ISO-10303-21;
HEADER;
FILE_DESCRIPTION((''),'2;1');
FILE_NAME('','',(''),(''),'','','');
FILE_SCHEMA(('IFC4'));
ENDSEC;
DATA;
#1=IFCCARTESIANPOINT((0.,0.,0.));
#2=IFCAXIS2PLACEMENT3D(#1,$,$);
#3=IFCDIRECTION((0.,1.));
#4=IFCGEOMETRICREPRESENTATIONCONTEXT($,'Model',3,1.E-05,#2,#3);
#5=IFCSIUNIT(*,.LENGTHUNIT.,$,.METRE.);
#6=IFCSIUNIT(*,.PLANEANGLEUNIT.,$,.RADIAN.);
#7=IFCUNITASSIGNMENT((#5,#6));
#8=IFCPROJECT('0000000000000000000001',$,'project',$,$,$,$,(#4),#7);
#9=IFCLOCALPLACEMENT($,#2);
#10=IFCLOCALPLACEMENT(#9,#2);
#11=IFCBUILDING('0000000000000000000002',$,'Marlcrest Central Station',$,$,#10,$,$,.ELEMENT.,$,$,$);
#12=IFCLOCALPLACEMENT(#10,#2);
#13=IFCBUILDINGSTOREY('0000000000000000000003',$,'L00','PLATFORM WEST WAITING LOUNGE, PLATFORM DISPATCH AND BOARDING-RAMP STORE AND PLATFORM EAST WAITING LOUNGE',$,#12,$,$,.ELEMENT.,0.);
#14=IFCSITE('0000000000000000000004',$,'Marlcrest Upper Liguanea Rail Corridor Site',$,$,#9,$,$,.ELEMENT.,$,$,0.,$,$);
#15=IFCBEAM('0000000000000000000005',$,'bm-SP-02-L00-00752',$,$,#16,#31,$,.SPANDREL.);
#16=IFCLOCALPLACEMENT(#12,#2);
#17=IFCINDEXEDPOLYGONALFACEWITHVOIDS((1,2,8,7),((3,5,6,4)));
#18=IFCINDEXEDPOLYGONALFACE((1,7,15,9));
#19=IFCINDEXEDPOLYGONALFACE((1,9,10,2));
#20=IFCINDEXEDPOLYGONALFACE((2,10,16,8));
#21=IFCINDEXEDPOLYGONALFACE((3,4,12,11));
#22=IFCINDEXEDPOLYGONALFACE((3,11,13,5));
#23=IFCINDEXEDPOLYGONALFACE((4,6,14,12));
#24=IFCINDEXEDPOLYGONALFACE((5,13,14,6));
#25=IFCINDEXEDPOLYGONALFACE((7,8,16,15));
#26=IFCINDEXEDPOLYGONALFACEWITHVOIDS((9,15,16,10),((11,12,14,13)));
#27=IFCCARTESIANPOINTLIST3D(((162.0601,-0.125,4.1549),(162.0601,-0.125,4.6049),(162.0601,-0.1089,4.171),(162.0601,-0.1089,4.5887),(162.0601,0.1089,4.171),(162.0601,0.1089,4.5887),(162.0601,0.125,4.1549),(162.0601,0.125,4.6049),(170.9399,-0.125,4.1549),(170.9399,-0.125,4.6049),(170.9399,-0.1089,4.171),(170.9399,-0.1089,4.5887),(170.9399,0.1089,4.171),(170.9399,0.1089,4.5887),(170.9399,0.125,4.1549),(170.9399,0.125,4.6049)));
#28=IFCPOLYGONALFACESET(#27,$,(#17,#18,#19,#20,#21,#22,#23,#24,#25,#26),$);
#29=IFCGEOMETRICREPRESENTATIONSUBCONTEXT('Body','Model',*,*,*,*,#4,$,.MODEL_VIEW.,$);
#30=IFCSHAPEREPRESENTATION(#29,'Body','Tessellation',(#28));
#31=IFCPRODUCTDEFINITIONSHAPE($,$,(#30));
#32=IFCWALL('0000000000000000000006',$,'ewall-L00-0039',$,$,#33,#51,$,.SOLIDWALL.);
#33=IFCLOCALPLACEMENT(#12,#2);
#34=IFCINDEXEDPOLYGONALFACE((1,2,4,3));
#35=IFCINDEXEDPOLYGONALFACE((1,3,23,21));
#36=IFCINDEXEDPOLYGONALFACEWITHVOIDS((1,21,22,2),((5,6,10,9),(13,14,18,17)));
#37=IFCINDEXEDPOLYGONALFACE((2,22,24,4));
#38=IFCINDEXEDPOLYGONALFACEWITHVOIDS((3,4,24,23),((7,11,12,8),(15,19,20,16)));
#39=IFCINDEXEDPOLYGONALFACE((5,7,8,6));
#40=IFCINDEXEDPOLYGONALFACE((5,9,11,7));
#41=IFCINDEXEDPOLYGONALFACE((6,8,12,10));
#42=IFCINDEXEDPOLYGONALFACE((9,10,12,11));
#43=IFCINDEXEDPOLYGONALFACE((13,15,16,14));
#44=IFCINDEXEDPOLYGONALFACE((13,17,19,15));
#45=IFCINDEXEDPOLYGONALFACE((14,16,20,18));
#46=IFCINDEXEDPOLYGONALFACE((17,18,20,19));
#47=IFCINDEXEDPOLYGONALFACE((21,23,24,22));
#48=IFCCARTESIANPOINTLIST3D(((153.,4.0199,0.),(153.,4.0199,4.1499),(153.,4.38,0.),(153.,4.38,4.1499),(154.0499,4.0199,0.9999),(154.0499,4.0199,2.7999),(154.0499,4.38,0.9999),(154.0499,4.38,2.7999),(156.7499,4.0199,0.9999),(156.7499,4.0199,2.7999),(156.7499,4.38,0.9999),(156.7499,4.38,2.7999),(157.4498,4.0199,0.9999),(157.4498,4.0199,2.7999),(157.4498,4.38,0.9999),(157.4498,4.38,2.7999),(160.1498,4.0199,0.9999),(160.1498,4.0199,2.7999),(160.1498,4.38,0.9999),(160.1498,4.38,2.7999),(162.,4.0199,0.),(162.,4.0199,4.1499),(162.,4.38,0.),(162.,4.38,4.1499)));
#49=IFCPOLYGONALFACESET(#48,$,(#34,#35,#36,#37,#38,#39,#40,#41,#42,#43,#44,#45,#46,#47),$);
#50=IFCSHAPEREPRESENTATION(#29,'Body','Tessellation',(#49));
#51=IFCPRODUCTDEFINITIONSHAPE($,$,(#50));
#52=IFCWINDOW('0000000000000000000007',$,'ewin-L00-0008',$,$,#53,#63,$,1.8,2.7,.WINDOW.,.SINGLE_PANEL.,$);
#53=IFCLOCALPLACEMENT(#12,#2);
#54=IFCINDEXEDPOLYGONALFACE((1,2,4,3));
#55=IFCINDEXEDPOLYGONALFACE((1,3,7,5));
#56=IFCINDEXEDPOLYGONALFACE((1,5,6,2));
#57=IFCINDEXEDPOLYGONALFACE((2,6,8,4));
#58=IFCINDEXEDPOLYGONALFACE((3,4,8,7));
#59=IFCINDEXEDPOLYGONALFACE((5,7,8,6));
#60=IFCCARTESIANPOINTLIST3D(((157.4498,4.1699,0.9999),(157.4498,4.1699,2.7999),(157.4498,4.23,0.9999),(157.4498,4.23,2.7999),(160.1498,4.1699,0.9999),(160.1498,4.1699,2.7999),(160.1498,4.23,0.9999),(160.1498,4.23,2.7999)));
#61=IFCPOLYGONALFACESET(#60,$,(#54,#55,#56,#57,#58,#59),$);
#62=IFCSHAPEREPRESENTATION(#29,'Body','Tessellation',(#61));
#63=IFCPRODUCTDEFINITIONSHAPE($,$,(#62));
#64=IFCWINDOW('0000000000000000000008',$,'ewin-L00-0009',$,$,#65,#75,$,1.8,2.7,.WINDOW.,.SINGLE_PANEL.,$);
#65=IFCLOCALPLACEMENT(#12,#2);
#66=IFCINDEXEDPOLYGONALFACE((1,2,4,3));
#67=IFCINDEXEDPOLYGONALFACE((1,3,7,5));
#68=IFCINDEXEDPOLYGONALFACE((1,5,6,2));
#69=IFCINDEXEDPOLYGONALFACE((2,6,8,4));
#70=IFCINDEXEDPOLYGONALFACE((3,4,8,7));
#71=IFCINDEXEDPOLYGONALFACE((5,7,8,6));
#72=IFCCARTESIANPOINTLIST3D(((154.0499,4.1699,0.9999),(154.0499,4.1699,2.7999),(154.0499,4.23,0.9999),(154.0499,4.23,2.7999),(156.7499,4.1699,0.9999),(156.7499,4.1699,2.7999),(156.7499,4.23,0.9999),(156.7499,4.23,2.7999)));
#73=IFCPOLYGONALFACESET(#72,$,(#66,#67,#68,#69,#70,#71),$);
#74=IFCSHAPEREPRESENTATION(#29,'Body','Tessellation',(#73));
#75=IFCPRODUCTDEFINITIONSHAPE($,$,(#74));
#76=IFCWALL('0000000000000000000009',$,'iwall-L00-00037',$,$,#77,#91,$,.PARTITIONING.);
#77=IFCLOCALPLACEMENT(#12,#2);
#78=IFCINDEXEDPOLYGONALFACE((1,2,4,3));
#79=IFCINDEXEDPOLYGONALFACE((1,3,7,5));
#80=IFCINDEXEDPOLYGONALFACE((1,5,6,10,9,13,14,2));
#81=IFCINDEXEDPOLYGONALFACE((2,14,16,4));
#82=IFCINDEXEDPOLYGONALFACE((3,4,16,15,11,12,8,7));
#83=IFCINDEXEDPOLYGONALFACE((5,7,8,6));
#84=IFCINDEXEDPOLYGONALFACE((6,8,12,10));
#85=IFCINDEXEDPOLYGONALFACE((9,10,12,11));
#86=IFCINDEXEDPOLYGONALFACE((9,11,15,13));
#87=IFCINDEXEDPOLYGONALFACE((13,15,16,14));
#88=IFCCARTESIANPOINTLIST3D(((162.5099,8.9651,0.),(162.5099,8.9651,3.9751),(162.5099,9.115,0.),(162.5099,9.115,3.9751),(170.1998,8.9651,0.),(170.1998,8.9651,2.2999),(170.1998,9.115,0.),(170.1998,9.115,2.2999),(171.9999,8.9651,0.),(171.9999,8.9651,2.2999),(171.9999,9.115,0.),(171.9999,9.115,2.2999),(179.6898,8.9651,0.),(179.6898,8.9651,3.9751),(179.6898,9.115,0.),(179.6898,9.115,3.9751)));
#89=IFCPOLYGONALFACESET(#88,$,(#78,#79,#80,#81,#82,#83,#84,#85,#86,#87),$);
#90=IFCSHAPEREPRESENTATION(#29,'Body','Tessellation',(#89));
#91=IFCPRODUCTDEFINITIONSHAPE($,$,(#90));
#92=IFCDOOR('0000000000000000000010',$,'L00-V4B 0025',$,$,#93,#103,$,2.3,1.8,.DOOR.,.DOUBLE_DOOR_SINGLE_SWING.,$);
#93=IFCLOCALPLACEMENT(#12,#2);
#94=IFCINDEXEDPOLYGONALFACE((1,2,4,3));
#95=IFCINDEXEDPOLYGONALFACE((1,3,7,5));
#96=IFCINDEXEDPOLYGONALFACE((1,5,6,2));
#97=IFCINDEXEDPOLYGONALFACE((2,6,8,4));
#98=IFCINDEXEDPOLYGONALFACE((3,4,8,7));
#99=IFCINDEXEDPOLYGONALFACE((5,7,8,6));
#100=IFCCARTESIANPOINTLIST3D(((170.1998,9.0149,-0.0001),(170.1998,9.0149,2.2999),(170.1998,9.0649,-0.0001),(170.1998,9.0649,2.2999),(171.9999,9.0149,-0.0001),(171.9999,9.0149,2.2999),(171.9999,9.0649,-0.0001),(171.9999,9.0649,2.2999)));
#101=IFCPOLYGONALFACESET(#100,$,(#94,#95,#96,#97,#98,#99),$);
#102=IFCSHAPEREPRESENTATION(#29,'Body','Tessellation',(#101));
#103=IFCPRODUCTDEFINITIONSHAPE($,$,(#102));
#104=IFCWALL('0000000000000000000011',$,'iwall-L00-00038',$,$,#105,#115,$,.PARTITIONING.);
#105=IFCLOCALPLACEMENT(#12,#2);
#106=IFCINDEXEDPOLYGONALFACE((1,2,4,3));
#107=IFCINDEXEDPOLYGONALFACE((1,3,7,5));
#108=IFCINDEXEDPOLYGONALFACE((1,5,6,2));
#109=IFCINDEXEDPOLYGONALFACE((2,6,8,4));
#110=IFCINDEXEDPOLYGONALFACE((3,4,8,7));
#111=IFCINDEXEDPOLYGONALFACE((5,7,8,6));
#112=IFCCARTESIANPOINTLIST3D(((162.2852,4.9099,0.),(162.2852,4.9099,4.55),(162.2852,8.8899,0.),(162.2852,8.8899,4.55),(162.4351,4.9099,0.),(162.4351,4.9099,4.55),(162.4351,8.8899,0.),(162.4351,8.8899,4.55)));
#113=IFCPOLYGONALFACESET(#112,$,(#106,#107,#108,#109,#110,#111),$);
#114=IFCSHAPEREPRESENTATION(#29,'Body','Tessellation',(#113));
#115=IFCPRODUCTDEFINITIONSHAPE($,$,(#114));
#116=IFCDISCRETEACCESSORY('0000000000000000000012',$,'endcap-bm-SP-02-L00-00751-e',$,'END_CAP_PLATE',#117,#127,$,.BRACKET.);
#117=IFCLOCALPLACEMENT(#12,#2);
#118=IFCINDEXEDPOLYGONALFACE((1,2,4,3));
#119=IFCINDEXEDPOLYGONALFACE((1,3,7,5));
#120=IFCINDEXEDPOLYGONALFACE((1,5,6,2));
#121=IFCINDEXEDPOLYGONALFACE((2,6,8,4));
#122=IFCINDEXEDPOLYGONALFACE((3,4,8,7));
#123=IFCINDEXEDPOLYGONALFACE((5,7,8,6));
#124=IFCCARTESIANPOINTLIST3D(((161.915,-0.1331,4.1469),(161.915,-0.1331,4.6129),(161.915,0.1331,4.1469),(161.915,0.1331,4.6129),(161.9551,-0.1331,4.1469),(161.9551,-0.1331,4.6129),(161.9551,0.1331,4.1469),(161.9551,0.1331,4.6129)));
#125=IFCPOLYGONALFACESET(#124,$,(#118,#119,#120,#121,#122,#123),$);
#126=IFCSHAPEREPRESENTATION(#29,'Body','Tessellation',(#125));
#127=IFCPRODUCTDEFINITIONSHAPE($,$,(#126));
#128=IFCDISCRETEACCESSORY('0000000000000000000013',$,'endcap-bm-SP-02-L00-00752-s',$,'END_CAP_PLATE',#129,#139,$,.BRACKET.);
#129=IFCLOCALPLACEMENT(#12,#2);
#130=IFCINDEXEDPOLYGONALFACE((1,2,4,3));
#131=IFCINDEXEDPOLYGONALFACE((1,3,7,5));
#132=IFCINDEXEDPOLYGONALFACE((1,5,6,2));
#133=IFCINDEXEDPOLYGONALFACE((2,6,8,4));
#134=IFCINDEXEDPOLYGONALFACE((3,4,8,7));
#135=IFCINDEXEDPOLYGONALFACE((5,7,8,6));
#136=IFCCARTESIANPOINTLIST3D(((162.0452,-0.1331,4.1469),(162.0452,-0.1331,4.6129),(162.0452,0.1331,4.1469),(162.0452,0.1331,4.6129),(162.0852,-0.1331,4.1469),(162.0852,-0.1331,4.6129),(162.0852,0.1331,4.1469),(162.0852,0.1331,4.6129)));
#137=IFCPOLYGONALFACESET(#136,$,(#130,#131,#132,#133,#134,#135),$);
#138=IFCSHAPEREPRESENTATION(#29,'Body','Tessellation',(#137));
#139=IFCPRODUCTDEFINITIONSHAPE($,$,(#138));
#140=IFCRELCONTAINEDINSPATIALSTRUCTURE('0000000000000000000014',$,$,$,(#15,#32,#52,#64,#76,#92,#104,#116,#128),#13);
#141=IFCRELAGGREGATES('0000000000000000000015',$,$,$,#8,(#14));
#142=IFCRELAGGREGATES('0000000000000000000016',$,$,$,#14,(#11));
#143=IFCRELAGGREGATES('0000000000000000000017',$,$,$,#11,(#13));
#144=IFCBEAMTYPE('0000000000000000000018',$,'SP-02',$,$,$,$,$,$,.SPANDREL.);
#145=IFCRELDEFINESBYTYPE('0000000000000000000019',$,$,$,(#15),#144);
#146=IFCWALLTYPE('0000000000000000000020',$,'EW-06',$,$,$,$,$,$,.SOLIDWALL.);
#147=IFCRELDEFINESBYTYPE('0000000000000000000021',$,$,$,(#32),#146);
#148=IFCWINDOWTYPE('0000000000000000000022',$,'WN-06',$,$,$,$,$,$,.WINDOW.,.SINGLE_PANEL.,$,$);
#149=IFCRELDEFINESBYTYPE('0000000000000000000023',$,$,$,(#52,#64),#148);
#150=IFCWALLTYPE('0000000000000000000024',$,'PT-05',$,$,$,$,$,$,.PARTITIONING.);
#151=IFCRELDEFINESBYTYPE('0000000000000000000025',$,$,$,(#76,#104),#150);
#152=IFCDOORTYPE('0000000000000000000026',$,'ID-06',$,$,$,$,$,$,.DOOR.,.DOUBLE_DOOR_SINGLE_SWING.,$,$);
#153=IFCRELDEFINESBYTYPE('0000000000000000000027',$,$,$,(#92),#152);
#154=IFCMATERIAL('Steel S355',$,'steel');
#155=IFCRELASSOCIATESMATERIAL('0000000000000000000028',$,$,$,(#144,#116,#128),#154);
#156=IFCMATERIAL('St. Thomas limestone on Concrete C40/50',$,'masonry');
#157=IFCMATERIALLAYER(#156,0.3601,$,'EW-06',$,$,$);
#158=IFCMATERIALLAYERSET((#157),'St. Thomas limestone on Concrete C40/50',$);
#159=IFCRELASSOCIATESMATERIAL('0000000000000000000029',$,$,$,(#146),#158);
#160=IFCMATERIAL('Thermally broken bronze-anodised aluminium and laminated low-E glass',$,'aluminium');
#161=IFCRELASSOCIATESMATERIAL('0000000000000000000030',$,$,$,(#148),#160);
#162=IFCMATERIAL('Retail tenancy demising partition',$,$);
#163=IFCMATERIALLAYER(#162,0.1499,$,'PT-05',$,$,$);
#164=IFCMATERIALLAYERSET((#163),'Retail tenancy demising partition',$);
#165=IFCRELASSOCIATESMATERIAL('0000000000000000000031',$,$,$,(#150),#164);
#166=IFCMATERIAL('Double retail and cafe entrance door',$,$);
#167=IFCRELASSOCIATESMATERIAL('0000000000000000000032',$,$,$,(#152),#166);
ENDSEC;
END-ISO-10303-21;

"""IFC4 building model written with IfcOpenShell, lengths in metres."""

from ifc_helpers import new_model, si_unit, direction, frame, frame_2d, origin, origin_2d, place, context, subcontext, project, spatial, rectangle, hollow_rectangle, extrude, material, layer, layer_set, material_profile, profile_set, type_object, element, fill, save


model = new_model("IFC4")

# Units and contexts
model_context = context("Model", 3, precision=1e-05, world=origin(), true_north=direction((0.0, 1.0)))
body_context = subcontext(model_context, "Body", "Model", "MODEL_VIEW")
ifc_project = project(units=[si_unit("LENGTHUNIT", "METRE"), si_unit("PLANEANGLEUNIT", "RADIAN")], contexts=[model_context])

# Site, building, storey
site_placement = place(None, origin())
site = spatial("IfcSite", under=ifc_project, at=site_placement, Name="Marlcrest Upper Liguanea Rail Corridor Site", CompositionType="ELEMENT", RefElevation=0.0)
building_placement = place(site_placement, origin())
building = spatial("IfcBuilding", under=site, at=building_placement, Name="Marlcrest Central Station", CompositionType="ELEMENT")
storey_placement = place(building_placement, origin())
storey = spatial("IfcBuildingStorey", under=building, at=storey_placement, Name="L00", Description="PLATFORM WEST WAITING LOUNGE, PLATFORM DISPATCH AND BOARDING-RAMP STORE AND PLATFORM EAST WAITING LOUNGE", CompositionType="ELEMENT", Elevation=0.0)

# Beam
ifc_material_1 = material(Name="Steel S355", Category="steel")
ifc_material_profile_1 = material_profile(ifc_material_1, hollow_rectangle(XDim=0.25, YDim=0.45, WallThickness=0.0161, at=origin_2d()), Name="RHS 450x250x16")
ifc_profile_set_1 = profile_set([ifc_material_profile_1], Name="Steel S355")
beam_type_1 = type_object("IfcBeamType", Name="SP-02", PredefinedType="SPANDREL", material=ifc_profile_set_1)
beam_1_placement = place(storey_placement, frame((162.0601, 0.0, 4.3799), z_axis=(1.0, 0.0, 0.0), x_axis=(0.0, 1.0, 0.0)))
element("IfcBeam", 1, at=beam_1_placement, inside=storey, type_object=beam_type_1, Name="bm-SP-02-L00-00752", PredefinedType="SPANDREL", context=body_context, shape_type="SweptSolid", body=[
    extrude(hollow_rectangle(XDim=0.25, YDim=0.45, WallThickness=0.0161, at=origin_2d()), origin(), (0.0, 0.0, 1.0), 8.8799),
])

# Wall, openings, windows
ifc_material_2 = material(Name="St. Thomas limestone on Concrete C40/50", Category="masonry")
ifc_layer_1 = layer(ifc_material_2, 0.3601, Name="EW-06")
ifc_layer_set_1 = layer_set([ifc_layer_1], Name="St. Thomas limestone on Concrete C40/50")
wall_type_1 = type_object("IfcWallType", Name="EW-06", PredefinedType="SOLIDWALL", material=ifc_layer_set_1)
wall_1_placement = place(storey_placement, frame((162.0, 4.2, 0.0), z_axis=(0.0, 0.0, 1.0), x_axis=(-1.0, 0.0, 0.0)))
wall_1 = element("IfcWall", 2, at=wall_1_placement, inside=storey, type_object=wall_type_1, Name="ewall-L00-0039", PredefinedType="SOLIDWALL", context=body_context, shape_type="SweptSolid", body=[
    extrude(rectangle(XDim=9.0, YDim=0.3601, at=frame_2d((4.5, 0.0))), origin(), (0.0, 0.0, 1.0), 4.1499),
])
opening_1_placement = place(wall_1_placement, frame((1.8501, 0.0, 1.0)))
opening_1 = element("IfcOpeningElement", 3, at=opening_1_placement, cuts=wall_1, PredefinedType="OPENING", context=body_context, shape_type="SweptSolid", body=[
    extrude(rectangle(XDim=2.7, YDim=1.8, at=frame_2d((1.3501, 0.8999))), frame((0.0, 0.1899, 0.0), z_axis=(0.0, -1.0, 0.0), x_axis=(1.0, 0.0, 0.0)), (0.0, 0.0, 1.0), 0.3801),
])
opening_2_placement = place(wall_1_placement, frame((5.25, 0.0, 1.0)))
opening_2 = element("IfcOpeningElement", 4, at=opening_2_placement, cuts=wall_1, PredefinedType="OPENING", context=body_context, shape_type="SweptSolid", body=[
    extrude(rectangle(XDim=2.7, YDim=1.8, at=frame_2d((1.3501, 0.8999))), frame((0.0, 0.1899, 0.0), z_axis=(0.0, -1.0, 0.0), x_axis=(1.0, 0.0, 0.0)), (0.0, 0.0, 1.0), 0.3801),
])
ifc_material_3 = material(Name="Thermally broken bronze-anodised aluminium and laminated low-E glass", Category="aluminium")
window_type = type_object("IfcWindowType", Name="WN-06", PartitioningType="SINGLE_PANEL", PredefinedType="WINDOW", material=ifc_material_3)
window_1_placement = place(opening_1_placement, origin())
window_1 = element("IfcWindow", 5, at=window_1_placement, inside=storey, type_object=window_type, Name="ewin-L00-0008", OverallHeight=1.8, OverallWidth=2.7, PartitioningType="SINGLE_PANEL", PredefinedType="WINDOW", context=body_context, shape_type="SweptSolid", body=[
    extrude(rectangle(XDim=2.7, YDim=1.8, at=frame_2d((1.3501, 0.8999))), frame((0.0, 0.03, 0.0), z_axis=(0.0, -1.0, 0.0), x_axis=(1.0, 0.0, 0.0)), (0.0, 0.0, 1.0), 0.0601),
])
fill(opening_1, window_1)
window_2_placement = place(opening_2_placement, origin())
window_2 = element("IfcWindow", 6, at=window_2_placement, inside=storey, type_object=window_type, Name="ewin-L00-0009", OverallHeight=1.8, OverallWidth=2.7, PartitioningType="SINGLE_PANEL", PredefinedType="WINDOW", context=body_context, shape_type="SweptSolid", body=[
    extrude(rectangle(XDim=2.7, YDim=1.8, at=frame_2d((1.3501, 0.8999))), frame((0.0, 0.03, 0.0), z_axis=(0.0, -1.0, 0.0), x_axis=(1.0, 0.0, 0.0)), (0.0, 0.0, 1.0), 0.0601),
])
fill(opening_2, window_2)

# Wall, opening, door
ifc_material_4 = material(Name="Retail tenancy demising partition")
ifc_layer_2 = layer(ifc_material_4, 0.1499, Name="PT-05")
ifc_layer_set_2 = layer_set([ifc_layer_2], Name="Retail tenancy demising partition")
wall_type_2 = type_object("IfcWallType", Name="PT-05", PredefinedType="PARTITIONING", material=ifc_layer_set_2)
wall_2_placement = place(storey_placement, frame((162.51, 9.04, 0.0), z_axis=(0.0, 0.0, 1.0), x_axis=(1.0, 0.0, 0.0)))
wall_2 = element("IfcWall", 7, at=wall_2_placement, inside=storey, type_object=wall_type_2, Name="iwall-L00-00037", PredefinedType="PARTITIONING", context=body_context, shape_type="SweptSolid", body=[
    extrude(rectangle(XDim=17.1799, YDim=0.1499, at=frame_2d((8.5898, 0.0))), origin(), (0.0, 0.0, 1.0), 3.9751),
])
opening_3_placement = place(wall_2_placement, frame((7.6899, 0.0, 0.0)))
opening_3 = element("IfcOpeningElement", 8, at=opening_3_placement, cuts=wall_2, PredefinedType="OPENING", context=body_context, shape_type="SweptSolid", body=[
    extrude(rectangle(XDim=1.8, YDim=2.3, at=frame_2d((0.8999, 1.1499))), frame((0.0, 0.085, 0.0), z_axis=(0.0, -1.0, 0.0), x_axis=(1.0, 0.0, 0.0)), (0.0, 0.0, 1.0), 0.1699),
])
ifc_material_5 = material(Name="Double retail and cafe entrance door")
door_type = type_object("IfcDoorType", Name="ID-06", OperationType="DOUBLE_DOOR_SINGLE_SWING", PredefinedType="DOOR", material=ifc_material_5)
door_placement = place(opening_3_placement, origin())
door = element("IfcDoor", 9, at=door_placement, inside=storey, type_object=door_type, Name="L00-V4B 0025", OperationType="DOUBLE_DOOR_SINGLE_SWING", OverallHeight=2.3, OverallWidth=1.8, PredefinedType="DOOR", context=body_context, shape_type="SweptSolid", body=[
    extrude(rectangle(XDim=1.8, YDim=2.3, at=frame_2d((0.8999, 1.1499))), frame((0.0, 0.0249, 0.0), z_axis=(0.0, -1.0, 0.0), x_axis=(1.0, 0.0, 0.0)), (0.0, 0.0, 1.0), 0.05),
])
fill(opening_3, door)

# Wall
wall_3_placement = place(storey_placement, frame((162.3601, 4.9099, 0.0), z_axis=(0.0, 0.0, 1.0), x_axis=(0.0, 1.0, 0.0)))
element("IfcWall", 10, at=wall_3_placement, inside=storey, type_object=wall_type_2, Name="iwall-L00-00038", PredefinedType="PARTITIONING", context=body_context, shape_type="SweptSolid", body=[
    extrude(rectangle(XDim=3.98, YDim=0.1499, at=frame_2d((1.99, 0.0))), origin(), (0.0, 0.0, 1.0), 4.55),
])

# Discrete accessories
for number, where, z_axis, x_axis, name in (
    (11, (161.915, 0.0, 4.3799), (1.0, 0.0, 0.0), (0.0, 1.0, 0.0), "endcap-bm-SP-02-L00-00751-e"),
    (12, (162.0452, 0.0, 4.3799), (1.0, 0.0, 0.0), (0.0, 1.0, 0.0), "endcap-bm-SP-02-L00-00752-s"),
):
    element("IfcDiscreteAccessory", number, at=place(storey_placement, frame(where, z_axis=z_axis, x_axis=x_axis)), inside=storey, material=ifc_material_1, Name=name, ObjectType="END_CAP_PLATE", PredefinedType="BRACKET", context=body_context, shape_type="SweptSolid", body=[
        extrude(rectangle(XDim=0.2661, YDim=0.4661, at=origin_2d()), origin(), (0.0, 0.0, 1.0), 0.04),
    ])

save(model, "model.ifc")
